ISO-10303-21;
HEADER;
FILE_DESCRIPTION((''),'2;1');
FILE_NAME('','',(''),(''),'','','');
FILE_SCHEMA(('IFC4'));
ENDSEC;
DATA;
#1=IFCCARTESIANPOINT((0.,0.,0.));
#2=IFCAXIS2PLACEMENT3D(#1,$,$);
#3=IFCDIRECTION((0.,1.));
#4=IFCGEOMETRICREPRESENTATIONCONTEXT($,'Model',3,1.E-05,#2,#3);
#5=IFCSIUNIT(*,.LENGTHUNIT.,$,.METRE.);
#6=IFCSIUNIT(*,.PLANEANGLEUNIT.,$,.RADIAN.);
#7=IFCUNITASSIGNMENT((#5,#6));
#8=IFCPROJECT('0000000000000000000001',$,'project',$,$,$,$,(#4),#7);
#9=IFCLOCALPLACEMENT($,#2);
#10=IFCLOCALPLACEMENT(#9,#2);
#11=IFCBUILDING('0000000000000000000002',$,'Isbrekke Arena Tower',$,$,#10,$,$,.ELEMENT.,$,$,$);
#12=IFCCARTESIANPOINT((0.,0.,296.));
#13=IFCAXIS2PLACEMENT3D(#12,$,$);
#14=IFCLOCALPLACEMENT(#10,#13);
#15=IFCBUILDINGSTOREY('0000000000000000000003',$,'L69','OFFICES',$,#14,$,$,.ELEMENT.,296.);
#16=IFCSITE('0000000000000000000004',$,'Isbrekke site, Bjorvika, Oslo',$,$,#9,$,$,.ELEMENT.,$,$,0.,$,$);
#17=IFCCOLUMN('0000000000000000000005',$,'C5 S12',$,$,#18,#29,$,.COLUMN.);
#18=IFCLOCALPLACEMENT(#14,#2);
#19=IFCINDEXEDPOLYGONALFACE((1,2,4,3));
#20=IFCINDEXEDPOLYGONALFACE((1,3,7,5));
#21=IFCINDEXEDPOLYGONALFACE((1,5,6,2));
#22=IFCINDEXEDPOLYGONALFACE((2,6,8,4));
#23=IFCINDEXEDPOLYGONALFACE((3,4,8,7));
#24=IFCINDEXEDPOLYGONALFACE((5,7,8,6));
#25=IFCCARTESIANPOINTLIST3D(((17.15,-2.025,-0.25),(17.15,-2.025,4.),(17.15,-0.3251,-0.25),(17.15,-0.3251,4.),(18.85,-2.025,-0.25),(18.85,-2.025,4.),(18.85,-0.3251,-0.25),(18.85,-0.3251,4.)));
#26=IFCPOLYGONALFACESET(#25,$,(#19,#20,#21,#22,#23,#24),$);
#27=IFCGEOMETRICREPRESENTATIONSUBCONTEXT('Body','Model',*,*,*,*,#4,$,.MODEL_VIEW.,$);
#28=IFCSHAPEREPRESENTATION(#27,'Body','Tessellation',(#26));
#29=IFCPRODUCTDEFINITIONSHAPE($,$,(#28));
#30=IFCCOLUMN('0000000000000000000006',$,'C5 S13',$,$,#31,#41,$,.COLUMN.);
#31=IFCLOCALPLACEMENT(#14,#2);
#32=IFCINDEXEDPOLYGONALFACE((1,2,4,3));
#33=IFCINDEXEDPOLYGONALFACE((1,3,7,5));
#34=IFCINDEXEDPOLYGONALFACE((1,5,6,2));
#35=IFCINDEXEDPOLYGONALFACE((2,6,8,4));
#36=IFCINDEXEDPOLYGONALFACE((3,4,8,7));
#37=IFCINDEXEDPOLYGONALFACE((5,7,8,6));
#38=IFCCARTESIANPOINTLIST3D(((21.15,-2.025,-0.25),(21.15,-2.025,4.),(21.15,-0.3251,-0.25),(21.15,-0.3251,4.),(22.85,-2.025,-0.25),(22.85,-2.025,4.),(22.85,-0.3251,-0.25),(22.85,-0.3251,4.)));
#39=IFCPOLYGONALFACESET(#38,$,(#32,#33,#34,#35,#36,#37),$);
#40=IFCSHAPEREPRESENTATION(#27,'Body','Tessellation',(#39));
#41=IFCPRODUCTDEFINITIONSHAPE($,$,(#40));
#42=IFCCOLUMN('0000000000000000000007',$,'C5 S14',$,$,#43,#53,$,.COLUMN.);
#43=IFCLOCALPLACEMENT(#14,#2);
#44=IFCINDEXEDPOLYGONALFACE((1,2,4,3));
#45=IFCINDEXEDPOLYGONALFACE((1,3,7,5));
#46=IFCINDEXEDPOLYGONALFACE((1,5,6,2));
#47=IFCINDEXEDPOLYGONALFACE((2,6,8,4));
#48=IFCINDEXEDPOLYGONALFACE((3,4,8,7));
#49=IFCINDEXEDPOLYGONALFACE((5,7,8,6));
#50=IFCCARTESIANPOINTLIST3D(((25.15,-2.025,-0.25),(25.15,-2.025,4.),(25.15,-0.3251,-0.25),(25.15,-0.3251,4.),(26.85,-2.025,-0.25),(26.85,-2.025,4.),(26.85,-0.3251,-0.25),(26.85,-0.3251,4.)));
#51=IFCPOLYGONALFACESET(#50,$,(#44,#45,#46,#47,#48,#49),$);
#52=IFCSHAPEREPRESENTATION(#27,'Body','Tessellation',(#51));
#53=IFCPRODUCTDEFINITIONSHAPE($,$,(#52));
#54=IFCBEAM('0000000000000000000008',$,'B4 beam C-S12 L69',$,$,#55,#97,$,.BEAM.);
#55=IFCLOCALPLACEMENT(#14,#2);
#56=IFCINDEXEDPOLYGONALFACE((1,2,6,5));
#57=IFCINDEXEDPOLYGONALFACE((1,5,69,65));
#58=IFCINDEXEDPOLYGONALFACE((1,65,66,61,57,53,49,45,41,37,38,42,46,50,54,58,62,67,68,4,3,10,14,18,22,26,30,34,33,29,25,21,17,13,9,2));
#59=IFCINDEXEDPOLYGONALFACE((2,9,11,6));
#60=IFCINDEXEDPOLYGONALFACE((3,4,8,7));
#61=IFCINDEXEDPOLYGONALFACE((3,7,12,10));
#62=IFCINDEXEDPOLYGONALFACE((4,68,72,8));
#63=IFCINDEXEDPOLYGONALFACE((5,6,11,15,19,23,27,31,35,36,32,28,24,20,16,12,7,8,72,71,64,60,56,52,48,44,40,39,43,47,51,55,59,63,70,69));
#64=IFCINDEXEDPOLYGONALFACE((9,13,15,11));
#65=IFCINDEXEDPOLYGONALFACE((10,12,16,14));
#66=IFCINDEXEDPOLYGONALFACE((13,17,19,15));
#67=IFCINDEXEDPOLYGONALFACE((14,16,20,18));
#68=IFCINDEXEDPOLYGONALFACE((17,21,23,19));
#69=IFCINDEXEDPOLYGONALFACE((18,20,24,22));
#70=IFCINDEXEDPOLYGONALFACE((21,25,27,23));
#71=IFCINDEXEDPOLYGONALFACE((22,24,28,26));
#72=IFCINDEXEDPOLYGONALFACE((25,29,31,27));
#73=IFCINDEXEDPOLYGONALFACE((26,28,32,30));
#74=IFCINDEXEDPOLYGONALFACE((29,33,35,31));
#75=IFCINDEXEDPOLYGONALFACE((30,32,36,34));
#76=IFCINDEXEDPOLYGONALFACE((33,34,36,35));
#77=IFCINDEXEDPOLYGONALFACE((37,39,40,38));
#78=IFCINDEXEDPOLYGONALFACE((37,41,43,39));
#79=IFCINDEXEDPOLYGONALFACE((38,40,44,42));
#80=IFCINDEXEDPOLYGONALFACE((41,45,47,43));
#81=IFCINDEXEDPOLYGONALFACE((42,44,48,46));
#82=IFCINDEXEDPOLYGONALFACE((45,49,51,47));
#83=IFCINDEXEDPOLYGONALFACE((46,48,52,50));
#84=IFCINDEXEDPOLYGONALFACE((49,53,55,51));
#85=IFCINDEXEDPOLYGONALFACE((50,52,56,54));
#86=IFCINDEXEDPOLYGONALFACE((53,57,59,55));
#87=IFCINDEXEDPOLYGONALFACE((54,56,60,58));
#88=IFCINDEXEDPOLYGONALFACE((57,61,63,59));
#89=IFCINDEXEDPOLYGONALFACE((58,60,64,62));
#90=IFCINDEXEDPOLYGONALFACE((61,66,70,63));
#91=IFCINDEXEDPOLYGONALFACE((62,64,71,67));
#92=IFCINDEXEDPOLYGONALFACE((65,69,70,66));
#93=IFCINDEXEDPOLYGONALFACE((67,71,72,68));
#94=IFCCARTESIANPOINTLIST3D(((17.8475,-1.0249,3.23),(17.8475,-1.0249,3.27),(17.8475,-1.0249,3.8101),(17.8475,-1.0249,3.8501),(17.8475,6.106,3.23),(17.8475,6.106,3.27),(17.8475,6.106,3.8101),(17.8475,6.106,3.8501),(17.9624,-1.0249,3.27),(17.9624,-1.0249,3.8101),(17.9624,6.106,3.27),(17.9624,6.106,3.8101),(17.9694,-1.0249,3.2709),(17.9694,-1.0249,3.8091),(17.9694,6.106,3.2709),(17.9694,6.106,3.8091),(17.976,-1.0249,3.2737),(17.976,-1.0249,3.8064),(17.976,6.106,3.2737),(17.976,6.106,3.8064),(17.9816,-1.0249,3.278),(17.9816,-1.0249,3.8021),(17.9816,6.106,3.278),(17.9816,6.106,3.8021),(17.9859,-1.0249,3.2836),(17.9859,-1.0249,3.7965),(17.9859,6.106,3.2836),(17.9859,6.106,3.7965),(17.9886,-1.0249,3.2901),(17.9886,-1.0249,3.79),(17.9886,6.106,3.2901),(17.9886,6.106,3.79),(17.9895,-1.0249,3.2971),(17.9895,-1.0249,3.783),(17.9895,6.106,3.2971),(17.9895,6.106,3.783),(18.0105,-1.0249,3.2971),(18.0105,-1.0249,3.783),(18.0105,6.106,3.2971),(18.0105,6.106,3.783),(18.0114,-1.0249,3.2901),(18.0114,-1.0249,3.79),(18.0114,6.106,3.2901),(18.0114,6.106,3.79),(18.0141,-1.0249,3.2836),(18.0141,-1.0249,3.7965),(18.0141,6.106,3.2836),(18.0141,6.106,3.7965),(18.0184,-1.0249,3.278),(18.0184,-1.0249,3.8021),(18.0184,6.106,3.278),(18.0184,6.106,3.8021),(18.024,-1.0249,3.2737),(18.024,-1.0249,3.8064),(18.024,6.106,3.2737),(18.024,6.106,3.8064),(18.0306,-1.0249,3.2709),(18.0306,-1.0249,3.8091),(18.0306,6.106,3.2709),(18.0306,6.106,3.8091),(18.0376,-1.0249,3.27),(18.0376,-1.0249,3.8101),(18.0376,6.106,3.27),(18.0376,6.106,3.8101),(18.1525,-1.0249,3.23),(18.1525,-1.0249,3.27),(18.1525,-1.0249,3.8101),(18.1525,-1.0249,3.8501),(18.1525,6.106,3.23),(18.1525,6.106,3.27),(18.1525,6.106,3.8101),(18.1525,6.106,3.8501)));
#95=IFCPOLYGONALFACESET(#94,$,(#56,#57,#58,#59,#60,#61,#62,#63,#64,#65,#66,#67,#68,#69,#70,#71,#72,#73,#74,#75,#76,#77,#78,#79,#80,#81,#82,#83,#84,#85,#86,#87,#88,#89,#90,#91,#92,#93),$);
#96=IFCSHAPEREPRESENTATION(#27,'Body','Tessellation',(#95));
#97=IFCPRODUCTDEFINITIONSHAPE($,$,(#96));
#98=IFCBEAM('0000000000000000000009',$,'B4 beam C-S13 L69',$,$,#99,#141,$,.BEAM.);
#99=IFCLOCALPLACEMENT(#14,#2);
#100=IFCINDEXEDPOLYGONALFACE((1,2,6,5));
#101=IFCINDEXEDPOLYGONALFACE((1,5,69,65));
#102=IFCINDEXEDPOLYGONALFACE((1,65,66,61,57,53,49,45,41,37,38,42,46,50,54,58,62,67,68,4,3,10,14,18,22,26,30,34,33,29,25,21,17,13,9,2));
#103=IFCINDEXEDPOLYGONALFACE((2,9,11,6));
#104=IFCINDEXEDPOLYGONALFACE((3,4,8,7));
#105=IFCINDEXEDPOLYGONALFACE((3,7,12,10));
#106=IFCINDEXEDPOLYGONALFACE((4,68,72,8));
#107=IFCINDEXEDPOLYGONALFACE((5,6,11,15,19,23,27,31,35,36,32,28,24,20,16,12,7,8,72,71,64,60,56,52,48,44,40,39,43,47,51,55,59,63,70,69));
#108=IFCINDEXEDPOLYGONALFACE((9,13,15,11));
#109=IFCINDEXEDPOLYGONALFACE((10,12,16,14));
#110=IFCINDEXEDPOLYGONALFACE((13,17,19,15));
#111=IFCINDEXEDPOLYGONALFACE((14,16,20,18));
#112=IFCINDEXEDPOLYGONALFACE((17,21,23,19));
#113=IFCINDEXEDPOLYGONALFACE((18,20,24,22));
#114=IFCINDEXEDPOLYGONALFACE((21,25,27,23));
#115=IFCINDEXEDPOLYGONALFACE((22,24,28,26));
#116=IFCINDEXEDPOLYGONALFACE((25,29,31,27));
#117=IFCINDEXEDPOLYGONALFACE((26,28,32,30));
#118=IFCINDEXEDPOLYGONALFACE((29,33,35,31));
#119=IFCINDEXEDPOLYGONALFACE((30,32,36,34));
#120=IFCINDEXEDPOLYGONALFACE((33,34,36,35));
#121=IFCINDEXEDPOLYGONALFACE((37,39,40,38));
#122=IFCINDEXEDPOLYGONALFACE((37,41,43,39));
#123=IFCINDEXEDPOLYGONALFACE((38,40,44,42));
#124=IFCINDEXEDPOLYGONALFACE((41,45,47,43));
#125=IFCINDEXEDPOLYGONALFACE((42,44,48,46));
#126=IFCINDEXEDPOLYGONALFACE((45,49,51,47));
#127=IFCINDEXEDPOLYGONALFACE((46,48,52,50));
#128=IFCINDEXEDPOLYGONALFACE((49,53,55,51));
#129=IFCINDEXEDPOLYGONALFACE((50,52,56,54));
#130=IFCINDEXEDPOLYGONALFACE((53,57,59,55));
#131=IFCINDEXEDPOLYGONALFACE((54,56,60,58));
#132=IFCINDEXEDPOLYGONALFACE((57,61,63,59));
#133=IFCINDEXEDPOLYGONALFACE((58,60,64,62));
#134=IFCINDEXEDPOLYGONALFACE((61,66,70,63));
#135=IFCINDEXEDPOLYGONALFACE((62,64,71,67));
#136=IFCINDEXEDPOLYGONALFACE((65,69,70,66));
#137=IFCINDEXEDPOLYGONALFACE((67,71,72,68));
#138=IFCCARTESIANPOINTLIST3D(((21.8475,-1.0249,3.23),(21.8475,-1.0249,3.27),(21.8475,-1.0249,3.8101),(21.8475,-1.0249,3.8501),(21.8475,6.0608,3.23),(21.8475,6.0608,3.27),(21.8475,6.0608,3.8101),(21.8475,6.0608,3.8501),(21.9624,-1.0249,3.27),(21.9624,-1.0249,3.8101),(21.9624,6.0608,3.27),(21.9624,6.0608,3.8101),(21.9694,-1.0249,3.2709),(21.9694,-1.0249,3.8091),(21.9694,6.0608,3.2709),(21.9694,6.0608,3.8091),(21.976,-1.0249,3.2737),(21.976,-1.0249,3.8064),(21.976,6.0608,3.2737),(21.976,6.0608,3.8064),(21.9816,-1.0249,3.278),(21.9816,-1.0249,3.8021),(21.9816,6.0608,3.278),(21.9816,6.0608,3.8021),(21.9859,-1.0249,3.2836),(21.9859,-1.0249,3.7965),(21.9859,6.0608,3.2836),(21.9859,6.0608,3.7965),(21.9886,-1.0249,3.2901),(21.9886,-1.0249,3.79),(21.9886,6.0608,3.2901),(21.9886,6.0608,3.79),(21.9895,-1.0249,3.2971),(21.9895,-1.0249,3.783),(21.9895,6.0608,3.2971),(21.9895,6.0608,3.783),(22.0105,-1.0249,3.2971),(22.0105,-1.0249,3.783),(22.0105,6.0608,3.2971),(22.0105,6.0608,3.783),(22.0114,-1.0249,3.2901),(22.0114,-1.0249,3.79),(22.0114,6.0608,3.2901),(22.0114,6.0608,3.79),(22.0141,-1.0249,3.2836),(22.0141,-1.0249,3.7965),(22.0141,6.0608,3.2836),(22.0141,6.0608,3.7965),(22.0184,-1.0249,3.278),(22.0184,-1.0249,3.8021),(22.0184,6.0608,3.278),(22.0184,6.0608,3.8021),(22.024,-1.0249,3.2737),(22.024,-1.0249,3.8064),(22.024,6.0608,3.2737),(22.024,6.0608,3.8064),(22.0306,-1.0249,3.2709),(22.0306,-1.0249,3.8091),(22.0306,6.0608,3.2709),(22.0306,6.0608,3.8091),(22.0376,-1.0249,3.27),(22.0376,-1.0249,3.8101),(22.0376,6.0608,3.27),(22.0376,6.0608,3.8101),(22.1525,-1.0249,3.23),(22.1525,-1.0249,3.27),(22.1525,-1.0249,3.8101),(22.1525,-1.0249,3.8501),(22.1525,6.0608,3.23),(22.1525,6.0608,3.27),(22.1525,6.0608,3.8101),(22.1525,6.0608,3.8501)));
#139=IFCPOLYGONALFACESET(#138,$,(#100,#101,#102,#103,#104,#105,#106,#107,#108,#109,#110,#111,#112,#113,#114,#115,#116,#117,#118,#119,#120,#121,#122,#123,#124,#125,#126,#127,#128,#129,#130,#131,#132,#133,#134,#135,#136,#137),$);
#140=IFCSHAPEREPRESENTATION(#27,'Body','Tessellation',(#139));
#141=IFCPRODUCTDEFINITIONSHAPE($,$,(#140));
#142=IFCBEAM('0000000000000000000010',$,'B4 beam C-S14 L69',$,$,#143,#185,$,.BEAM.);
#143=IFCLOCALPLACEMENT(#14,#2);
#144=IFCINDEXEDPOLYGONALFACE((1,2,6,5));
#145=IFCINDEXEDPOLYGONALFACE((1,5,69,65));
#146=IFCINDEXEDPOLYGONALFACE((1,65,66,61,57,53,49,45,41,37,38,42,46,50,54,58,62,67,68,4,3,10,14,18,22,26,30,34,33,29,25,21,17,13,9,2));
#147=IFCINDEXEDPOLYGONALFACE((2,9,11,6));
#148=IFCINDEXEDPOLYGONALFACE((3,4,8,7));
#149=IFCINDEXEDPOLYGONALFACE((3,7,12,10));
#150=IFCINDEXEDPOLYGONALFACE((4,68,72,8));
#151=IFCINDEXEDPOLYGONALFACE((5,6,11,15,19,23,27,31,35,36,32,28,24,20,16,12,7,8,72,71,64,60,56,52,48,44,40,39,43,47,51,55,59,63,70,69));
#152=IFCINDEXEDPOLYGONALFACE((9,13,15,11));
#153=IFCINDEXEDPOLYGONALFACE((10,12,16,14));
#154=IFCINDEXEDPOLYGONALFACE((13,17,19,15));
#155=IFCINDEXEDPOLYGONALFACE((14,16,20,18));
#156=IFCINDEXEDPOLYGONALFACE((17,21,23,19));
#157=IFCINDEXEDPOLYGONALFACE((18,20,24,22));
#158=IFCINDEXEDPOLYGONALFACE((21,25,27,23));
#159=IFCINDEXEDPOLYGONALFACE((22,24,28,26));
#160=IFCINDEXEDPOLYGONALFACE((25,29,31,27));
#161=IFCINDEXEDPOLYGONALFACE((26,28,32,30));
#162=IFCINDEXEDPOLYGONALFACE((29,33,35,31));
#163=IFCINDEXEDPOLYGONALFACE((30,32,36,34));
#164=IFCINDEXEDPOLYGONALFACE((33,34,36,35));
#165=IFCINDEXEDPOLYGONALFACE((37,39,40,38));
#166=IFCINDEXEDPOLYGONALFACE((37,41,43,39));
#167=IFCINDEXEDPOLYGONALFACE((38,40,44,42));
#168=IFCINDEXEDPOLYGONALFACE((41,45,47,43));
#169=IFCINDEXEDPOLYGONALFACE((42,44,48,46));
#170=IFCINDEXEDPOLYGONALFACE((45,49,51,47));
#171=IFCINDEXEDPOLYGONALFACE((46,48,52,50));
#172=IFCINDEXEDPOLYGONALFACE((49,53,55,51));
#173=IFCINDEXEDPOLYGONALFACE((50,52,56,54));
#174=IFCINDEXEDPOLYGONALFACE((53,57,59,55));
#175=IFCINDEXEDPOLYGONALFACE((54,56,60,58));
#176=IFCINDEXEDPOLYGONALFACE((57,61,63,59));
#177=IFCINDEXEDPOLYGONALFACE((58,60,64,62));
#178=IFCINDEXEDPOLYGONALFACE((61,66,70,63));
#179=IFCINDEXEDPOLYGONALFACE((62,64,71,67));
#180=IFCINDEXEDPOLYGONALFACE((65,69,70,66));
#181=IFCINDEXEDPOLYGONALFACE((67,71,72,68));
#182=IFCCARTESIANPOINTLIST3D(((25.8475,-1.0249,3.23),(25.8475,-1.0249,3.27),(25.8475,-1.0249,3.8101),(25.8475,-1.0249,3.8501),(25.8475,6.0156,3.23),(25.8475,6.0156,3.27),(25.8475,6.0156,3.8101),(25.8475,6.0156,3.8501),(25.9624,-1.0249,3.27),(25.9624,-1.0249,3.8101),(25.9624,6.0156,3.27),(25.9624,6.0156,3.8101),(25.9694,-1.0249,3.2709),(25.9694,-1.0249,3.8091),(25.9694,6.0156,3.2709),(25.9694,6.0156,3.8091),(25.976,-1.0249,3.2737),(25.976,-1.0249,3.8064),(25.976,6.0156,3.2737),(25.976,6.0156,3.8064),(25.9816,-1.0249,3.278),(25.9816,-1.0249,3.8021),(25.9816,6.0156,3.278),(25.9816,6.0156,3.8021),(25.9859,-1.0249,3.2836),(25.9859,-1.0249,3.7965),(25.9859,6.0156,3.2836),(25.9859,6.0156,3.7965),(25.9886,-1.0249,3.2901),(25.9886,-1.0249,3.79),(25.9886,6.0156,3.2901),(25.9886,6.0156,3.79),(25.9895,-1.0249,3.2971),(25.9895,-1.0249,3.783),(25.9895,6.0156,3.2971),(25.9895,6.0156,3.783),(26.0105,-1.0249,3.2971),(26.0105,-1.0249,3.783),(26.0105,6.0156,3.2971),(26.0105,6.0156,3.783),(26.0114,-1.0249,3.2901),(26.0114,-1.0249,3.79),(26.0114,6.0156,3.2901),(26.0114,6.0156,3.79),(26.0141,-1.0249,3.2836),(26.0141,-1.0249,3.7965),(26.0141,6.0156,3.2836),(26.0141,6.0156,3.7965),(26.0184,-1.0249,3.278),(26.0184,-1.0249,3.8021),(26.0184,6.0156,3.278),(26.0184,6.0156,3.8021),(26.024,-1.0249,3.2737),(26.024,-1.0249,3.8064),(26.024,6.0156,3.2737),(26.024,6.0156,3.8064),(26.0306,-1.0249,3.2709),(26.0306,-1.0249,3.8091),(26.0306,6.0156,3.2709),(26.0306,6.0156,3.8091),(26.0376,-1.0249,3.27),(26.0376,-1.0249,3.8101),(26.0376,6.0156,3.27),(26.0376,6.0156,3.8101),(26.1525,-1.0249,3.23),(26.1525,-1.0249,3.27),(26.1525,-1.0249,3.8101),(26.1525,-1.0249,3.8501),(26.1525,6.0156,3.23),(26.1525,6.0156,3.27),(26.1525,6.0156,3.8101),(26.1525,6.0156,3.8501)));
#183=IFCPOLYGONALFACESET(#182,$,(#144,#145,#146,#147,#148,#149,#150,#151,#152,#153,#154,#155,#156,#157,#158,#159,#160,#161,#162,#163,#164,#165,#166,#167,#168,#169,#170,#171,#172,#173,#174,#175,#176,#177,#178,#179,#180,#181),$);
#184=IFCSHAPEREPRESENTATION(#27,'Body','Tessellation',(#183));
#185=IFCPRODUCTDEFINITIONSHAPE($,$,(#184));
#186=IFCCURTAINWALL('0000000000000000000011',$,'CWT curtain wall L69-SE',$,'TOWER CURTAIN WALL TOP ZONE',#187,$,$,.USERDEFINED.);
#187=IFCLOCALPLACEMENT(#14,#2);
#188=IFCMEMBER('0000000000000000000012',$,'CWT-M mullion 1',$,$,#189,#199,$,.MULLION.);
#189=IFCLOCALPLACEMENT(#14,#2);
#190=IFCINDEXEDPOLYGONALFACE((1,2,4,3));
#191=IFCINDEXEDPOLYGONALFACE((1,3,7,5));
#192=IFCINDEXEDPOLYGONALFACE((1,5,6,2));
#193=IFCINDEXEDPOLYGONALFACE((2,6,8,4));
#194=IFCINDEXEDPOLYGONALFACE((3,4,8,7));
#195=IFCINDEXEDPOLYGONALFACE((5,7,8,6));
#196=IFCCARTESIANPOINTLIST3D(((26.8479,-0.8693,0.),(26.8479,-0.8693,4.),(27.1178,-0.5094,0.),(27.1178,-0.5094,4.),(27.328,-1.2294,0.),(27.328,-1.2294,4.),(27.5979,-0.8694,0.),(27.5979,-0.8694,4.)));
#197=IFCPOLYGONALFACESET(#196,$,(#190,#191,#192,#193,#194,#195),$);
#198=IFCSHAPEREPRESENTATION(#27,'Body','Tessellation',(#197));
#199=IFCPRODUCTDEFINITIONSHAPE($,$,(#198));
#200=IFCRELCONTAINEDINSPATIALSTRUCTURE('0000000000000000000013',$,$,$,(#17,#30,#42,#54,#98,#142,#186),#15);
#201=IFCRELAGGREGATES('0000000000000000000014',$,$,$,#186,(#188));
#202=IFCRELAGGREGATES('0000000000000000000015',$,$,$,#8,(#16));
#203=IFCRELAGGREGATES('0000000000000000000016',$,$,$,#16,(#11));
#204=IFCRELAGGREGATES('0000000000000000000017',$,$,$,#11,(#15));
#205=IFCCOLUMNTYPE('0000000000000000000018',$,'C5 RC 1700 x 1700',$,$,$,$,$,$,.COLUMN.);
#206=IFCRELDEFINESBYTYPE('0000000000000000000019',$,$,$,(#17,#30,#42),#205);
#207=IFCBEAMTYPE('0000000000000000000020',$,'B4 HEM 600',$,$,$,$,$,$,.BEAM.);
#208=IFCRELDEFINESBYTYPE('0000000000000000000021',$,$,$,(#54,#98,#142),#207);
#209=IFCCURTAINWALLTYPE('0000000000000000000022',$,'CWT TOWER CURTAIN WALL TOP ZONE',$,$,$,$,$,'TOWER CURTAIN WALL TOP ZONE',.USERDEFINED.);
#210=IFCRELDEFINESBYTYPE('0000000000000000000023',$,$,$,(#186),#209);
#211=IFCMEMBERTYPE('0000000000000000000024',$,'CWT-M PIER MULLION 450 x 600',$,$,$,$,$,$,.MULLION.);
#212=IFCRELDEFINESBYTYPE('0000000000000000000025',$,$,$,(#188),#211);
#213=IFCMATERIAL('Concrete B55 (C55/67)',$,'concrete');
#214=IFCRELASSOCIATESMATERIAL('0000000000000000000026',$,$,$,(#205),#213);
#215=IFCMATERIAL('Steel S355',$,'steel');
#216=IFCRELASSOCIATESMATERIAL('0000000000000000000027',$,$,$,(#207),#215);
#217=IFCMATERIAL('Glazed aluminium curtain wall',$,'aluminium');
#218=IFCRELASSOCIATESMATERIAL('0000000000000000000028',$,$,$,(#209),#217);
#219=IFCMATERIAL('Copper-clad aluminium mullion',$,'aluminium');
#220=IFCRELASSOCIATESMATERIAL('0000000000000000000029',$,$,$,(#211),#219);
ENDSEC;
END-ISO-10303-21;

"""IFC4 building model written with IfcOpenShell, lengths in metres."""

from ifc_helpers import new_model, si_unit, direction, frame, origin, origin_2d, place, context, subcontext, project, spatial, rectangle, i_section, extrude, material, material_profile, profile_set, type_object, element, aggregate, save


model = new_model("IFC4")

# Units and contexts
model_context = context("Model", 3, precision=1e-05, world=origin(), true_north=direction((0.0, 1.0)))
body_context = subcontext(model_context, "Body", "Model", "MODEL_VIEW")
ifc_project = project(units=[si_unit("LENGTHUNIT", "METRE"), si_unit("PLANEANGLEUNIT", "RADIAN")], contexts=[model_context])

# Site, building, storey
site_placement = place(None, origin())
site = spatial("IfcSite", under=ifc_project, at=site_placement, Name="Isbrekke site, Bjorvika, Oslo", CompositionType="ELEMENT", RefElevation=0.0)
building_placement = place(site_placement, origin())
building = spatial("IfcBuilding", under=site, at=building_placement, Name="Isbrekke Arena Tower", CompositionType="ELEMENT")
storey_placement = place(building_placement, frame((0.0, 0.0, 296.0)))
storey = spatial("IfcBuildingStorey", under=building, at=storey_placement, Name="L69", Description="OFFICES", CompositionType="ELEMENT", Elevation=296.0)

# Columns
ifc_material_1 = material(Name="Concrete B55 (C55/67)", Category="concrete")
ifc_material_profile_1 = material_profile(ifc_material_1, rectangle(XDim=1.7, YDim=1.7, at=origin_2d()), Name="RC 1700x1700")
ifc_profile_set_1 = profile_set([ifc_material_profile_1], Name="Concrete B55 (C55/67)")
column_type = type_object("IfcColumnType", Name="C5 RC 1700 x 1700", PredefinedType="COLUMN", material=ifc_profile_set_1)
for number, where, z_axis, x_axis, name in (
    (1, (18.0, -1.175, -0.25), (0.0, 0.0, 1.0), (1.0, 0.0, 0.0), "C5 S12"),
    (2, (22.0, -1.175, -0.25), (0.0, 0.0, 1.0), (1.0, 0.0, 0.0), "C5 S13"),
    (3, (26.0, -1.175, -0.25), (0.0, 0.0, 1.0), (1.0, 0.0, 0.0), "C5 S14"),
):
    element("IfcColumn", number, at=place(storey_placement, frame(where, z_axis=z_axis, x_axis=x_axis)), inside=storey, type_object=column_type, Name=name, PredefinedType="COLUMN", context=body_context, shape_type="SweptSolid", body=[
        extrude(rectangle(XDim=1.7, YDim=1.7, at=origin_2d()), origin(), (0.0, 0.0, 1.0), 4.25),
    ])

# Beams
ifc_material_2 = material(Name="Steel S355", Category="steel")
ifc_material_profile_2 = material_profile(ifc_material_2, i_section(OverallWidth=0.3049, OverallDepth=0.6201, WebThickness=0.021, FlangeThickness=0.04, FilletRadius=0.0271, at=origin_2d()), Name="HEM 600")
ifc_profile_set_2 = profile_set([ifc_material_profile_2], Name="Steel S355")
beam_type_1 = type_object("IfcBeamType", Name="B4 HEM 600", PredefinedType="BEAM", material=ifc_profile_set_2)
beam_1_placement = place(storey_placement, frame((18.0, -1.0249, 3.54), z_axis=(0.0, 1.0, 0.0), x_axis=(-1.0, 0.0, 0.0)))
element("IfcBeam", 4, at=beam_1_placement, inside=storey, type_object=beam_type_1, Name="B4 beam C-S12 L69", PredefinedType="BEAM", context=body_context, shape_type="SweptSolid", body=[
    extrude(i_section(OverallWidth=0.3049, OverallDepth=0.6201, WebThickness=0.021, FlangeThickness=0.04, FilletRadius=0.0271, at=origin_2d()), origin(), (0.0, 0.0, 1.0), 7.1309),
])
beam_2_placement = place(storey_placement, frame((22.0, -1.0249, 3.54), z_axis=(0.0, 1.0, 0.0), x_axis=(-1.0, 0.0, 0.0)))
element("IfcBeam", 5, at=beam_2_placement, inside=storey, type_object=beam_type_1, Name="B4 beam C-S13 L69", PredefinedType="BEAM", context=body_context, shape_type="SweptSolid", body=[
    extrude(i_section(OverallWidth=0.3049, OverallDepth=0.6201, WebThickness=0.021, FlangeThickness=0.04, FilletRadius=0.0271, at=origin_2d()), origin(), (0.0, 0.0, 1.0), 7.0857),
])
beam_3_placement = place(storey_placement, frame((26.0, -1.0249, 3.54), z_axis=(0.0, 1.0, 0.0), x_axis=(-1.0, 0.0, 0.0)))
element("IfcBeam", 6, at=beam_3_placement, inside=storey, type_object=beam_type_1, Name="B4 beam C-S14 L69", PredefinedType="BEAM", context=body_context, shape_type="SweptSolid", body=[
    extrude(i_section(OverallWidth=0.3049, OverallDepth=0.6201, WebThickness=0.021, FlangeThickness=0.04, FilletRadius=0.0271, at=origin_2d()), origin(), (0.0, 0.0, 1.0), 7.0405),
])

# Curtain wall, member
ifc_material_3 = material(Name="Glazed aluminium curtain wall", Category="aluminium")
curtain_wall_type = type_object("IfcCurtainWallType", Name="CWT TOWER CURTAIN WALL TOP ZONE", ElementType="TOWER CURTAIN WALL TOP ZONE", PredefinedType="USERDEFINED", material=ifc_material_3)
curtain_wall_1_placement = place(storey_placement, origin())
curtain_wall_1 = element("IfcCurtainWall", 7, at=curtain_wall_1_placement, inside=storey, type_object=curtain_wall_type, Name="CWT curtain wall L69-SE", ObjectType="TOWER CURTAIN WALL TOP ZONE", PredefinedType="USERDEFINED")
ifc_material_4 = material(Name="Copper-clad aluminium mullion", Category="aluminium")
ifc_material_profile_3 = material_profile(ifc_material_4, rectangle(XDim=0.45, YDim=0.6001, at=origin_2d()), Name="PIER 450X600")
ifc_profile_set_3 = profile_set([ifc_material_profile_3], Name="Copper-clad aluminium mullion")
member_type_1 = type_object("IfcMemberType", Name="CWT-M PIER MULLION 450 x 600", PredefinedType="MULLION", material=ifc_profile_set_3)
member_1_placement = place(storey_placement, frame((27.2229, -0.8694, 0.0), z_axis=(0.0, 0.0, 1.0), x_axis=(0.6, 0.8, 0.0)))
member_1 = element("IfcMember", 8, at=member_1_placement, type_object=member_type_1, Name="CWT-M mullion 1", PredefinedType="MULLION", context=body_context, shape_type="SweptSolid", body=[
    extrude(rectangle(XDim=0.45, YDim=0.6001, at=origin_2d()), origin(), (0.0, 0.0, 1.0), 4.0),
])

aggregate(curtain_wall_1, [member_1])

save(model, "model.ifc")
